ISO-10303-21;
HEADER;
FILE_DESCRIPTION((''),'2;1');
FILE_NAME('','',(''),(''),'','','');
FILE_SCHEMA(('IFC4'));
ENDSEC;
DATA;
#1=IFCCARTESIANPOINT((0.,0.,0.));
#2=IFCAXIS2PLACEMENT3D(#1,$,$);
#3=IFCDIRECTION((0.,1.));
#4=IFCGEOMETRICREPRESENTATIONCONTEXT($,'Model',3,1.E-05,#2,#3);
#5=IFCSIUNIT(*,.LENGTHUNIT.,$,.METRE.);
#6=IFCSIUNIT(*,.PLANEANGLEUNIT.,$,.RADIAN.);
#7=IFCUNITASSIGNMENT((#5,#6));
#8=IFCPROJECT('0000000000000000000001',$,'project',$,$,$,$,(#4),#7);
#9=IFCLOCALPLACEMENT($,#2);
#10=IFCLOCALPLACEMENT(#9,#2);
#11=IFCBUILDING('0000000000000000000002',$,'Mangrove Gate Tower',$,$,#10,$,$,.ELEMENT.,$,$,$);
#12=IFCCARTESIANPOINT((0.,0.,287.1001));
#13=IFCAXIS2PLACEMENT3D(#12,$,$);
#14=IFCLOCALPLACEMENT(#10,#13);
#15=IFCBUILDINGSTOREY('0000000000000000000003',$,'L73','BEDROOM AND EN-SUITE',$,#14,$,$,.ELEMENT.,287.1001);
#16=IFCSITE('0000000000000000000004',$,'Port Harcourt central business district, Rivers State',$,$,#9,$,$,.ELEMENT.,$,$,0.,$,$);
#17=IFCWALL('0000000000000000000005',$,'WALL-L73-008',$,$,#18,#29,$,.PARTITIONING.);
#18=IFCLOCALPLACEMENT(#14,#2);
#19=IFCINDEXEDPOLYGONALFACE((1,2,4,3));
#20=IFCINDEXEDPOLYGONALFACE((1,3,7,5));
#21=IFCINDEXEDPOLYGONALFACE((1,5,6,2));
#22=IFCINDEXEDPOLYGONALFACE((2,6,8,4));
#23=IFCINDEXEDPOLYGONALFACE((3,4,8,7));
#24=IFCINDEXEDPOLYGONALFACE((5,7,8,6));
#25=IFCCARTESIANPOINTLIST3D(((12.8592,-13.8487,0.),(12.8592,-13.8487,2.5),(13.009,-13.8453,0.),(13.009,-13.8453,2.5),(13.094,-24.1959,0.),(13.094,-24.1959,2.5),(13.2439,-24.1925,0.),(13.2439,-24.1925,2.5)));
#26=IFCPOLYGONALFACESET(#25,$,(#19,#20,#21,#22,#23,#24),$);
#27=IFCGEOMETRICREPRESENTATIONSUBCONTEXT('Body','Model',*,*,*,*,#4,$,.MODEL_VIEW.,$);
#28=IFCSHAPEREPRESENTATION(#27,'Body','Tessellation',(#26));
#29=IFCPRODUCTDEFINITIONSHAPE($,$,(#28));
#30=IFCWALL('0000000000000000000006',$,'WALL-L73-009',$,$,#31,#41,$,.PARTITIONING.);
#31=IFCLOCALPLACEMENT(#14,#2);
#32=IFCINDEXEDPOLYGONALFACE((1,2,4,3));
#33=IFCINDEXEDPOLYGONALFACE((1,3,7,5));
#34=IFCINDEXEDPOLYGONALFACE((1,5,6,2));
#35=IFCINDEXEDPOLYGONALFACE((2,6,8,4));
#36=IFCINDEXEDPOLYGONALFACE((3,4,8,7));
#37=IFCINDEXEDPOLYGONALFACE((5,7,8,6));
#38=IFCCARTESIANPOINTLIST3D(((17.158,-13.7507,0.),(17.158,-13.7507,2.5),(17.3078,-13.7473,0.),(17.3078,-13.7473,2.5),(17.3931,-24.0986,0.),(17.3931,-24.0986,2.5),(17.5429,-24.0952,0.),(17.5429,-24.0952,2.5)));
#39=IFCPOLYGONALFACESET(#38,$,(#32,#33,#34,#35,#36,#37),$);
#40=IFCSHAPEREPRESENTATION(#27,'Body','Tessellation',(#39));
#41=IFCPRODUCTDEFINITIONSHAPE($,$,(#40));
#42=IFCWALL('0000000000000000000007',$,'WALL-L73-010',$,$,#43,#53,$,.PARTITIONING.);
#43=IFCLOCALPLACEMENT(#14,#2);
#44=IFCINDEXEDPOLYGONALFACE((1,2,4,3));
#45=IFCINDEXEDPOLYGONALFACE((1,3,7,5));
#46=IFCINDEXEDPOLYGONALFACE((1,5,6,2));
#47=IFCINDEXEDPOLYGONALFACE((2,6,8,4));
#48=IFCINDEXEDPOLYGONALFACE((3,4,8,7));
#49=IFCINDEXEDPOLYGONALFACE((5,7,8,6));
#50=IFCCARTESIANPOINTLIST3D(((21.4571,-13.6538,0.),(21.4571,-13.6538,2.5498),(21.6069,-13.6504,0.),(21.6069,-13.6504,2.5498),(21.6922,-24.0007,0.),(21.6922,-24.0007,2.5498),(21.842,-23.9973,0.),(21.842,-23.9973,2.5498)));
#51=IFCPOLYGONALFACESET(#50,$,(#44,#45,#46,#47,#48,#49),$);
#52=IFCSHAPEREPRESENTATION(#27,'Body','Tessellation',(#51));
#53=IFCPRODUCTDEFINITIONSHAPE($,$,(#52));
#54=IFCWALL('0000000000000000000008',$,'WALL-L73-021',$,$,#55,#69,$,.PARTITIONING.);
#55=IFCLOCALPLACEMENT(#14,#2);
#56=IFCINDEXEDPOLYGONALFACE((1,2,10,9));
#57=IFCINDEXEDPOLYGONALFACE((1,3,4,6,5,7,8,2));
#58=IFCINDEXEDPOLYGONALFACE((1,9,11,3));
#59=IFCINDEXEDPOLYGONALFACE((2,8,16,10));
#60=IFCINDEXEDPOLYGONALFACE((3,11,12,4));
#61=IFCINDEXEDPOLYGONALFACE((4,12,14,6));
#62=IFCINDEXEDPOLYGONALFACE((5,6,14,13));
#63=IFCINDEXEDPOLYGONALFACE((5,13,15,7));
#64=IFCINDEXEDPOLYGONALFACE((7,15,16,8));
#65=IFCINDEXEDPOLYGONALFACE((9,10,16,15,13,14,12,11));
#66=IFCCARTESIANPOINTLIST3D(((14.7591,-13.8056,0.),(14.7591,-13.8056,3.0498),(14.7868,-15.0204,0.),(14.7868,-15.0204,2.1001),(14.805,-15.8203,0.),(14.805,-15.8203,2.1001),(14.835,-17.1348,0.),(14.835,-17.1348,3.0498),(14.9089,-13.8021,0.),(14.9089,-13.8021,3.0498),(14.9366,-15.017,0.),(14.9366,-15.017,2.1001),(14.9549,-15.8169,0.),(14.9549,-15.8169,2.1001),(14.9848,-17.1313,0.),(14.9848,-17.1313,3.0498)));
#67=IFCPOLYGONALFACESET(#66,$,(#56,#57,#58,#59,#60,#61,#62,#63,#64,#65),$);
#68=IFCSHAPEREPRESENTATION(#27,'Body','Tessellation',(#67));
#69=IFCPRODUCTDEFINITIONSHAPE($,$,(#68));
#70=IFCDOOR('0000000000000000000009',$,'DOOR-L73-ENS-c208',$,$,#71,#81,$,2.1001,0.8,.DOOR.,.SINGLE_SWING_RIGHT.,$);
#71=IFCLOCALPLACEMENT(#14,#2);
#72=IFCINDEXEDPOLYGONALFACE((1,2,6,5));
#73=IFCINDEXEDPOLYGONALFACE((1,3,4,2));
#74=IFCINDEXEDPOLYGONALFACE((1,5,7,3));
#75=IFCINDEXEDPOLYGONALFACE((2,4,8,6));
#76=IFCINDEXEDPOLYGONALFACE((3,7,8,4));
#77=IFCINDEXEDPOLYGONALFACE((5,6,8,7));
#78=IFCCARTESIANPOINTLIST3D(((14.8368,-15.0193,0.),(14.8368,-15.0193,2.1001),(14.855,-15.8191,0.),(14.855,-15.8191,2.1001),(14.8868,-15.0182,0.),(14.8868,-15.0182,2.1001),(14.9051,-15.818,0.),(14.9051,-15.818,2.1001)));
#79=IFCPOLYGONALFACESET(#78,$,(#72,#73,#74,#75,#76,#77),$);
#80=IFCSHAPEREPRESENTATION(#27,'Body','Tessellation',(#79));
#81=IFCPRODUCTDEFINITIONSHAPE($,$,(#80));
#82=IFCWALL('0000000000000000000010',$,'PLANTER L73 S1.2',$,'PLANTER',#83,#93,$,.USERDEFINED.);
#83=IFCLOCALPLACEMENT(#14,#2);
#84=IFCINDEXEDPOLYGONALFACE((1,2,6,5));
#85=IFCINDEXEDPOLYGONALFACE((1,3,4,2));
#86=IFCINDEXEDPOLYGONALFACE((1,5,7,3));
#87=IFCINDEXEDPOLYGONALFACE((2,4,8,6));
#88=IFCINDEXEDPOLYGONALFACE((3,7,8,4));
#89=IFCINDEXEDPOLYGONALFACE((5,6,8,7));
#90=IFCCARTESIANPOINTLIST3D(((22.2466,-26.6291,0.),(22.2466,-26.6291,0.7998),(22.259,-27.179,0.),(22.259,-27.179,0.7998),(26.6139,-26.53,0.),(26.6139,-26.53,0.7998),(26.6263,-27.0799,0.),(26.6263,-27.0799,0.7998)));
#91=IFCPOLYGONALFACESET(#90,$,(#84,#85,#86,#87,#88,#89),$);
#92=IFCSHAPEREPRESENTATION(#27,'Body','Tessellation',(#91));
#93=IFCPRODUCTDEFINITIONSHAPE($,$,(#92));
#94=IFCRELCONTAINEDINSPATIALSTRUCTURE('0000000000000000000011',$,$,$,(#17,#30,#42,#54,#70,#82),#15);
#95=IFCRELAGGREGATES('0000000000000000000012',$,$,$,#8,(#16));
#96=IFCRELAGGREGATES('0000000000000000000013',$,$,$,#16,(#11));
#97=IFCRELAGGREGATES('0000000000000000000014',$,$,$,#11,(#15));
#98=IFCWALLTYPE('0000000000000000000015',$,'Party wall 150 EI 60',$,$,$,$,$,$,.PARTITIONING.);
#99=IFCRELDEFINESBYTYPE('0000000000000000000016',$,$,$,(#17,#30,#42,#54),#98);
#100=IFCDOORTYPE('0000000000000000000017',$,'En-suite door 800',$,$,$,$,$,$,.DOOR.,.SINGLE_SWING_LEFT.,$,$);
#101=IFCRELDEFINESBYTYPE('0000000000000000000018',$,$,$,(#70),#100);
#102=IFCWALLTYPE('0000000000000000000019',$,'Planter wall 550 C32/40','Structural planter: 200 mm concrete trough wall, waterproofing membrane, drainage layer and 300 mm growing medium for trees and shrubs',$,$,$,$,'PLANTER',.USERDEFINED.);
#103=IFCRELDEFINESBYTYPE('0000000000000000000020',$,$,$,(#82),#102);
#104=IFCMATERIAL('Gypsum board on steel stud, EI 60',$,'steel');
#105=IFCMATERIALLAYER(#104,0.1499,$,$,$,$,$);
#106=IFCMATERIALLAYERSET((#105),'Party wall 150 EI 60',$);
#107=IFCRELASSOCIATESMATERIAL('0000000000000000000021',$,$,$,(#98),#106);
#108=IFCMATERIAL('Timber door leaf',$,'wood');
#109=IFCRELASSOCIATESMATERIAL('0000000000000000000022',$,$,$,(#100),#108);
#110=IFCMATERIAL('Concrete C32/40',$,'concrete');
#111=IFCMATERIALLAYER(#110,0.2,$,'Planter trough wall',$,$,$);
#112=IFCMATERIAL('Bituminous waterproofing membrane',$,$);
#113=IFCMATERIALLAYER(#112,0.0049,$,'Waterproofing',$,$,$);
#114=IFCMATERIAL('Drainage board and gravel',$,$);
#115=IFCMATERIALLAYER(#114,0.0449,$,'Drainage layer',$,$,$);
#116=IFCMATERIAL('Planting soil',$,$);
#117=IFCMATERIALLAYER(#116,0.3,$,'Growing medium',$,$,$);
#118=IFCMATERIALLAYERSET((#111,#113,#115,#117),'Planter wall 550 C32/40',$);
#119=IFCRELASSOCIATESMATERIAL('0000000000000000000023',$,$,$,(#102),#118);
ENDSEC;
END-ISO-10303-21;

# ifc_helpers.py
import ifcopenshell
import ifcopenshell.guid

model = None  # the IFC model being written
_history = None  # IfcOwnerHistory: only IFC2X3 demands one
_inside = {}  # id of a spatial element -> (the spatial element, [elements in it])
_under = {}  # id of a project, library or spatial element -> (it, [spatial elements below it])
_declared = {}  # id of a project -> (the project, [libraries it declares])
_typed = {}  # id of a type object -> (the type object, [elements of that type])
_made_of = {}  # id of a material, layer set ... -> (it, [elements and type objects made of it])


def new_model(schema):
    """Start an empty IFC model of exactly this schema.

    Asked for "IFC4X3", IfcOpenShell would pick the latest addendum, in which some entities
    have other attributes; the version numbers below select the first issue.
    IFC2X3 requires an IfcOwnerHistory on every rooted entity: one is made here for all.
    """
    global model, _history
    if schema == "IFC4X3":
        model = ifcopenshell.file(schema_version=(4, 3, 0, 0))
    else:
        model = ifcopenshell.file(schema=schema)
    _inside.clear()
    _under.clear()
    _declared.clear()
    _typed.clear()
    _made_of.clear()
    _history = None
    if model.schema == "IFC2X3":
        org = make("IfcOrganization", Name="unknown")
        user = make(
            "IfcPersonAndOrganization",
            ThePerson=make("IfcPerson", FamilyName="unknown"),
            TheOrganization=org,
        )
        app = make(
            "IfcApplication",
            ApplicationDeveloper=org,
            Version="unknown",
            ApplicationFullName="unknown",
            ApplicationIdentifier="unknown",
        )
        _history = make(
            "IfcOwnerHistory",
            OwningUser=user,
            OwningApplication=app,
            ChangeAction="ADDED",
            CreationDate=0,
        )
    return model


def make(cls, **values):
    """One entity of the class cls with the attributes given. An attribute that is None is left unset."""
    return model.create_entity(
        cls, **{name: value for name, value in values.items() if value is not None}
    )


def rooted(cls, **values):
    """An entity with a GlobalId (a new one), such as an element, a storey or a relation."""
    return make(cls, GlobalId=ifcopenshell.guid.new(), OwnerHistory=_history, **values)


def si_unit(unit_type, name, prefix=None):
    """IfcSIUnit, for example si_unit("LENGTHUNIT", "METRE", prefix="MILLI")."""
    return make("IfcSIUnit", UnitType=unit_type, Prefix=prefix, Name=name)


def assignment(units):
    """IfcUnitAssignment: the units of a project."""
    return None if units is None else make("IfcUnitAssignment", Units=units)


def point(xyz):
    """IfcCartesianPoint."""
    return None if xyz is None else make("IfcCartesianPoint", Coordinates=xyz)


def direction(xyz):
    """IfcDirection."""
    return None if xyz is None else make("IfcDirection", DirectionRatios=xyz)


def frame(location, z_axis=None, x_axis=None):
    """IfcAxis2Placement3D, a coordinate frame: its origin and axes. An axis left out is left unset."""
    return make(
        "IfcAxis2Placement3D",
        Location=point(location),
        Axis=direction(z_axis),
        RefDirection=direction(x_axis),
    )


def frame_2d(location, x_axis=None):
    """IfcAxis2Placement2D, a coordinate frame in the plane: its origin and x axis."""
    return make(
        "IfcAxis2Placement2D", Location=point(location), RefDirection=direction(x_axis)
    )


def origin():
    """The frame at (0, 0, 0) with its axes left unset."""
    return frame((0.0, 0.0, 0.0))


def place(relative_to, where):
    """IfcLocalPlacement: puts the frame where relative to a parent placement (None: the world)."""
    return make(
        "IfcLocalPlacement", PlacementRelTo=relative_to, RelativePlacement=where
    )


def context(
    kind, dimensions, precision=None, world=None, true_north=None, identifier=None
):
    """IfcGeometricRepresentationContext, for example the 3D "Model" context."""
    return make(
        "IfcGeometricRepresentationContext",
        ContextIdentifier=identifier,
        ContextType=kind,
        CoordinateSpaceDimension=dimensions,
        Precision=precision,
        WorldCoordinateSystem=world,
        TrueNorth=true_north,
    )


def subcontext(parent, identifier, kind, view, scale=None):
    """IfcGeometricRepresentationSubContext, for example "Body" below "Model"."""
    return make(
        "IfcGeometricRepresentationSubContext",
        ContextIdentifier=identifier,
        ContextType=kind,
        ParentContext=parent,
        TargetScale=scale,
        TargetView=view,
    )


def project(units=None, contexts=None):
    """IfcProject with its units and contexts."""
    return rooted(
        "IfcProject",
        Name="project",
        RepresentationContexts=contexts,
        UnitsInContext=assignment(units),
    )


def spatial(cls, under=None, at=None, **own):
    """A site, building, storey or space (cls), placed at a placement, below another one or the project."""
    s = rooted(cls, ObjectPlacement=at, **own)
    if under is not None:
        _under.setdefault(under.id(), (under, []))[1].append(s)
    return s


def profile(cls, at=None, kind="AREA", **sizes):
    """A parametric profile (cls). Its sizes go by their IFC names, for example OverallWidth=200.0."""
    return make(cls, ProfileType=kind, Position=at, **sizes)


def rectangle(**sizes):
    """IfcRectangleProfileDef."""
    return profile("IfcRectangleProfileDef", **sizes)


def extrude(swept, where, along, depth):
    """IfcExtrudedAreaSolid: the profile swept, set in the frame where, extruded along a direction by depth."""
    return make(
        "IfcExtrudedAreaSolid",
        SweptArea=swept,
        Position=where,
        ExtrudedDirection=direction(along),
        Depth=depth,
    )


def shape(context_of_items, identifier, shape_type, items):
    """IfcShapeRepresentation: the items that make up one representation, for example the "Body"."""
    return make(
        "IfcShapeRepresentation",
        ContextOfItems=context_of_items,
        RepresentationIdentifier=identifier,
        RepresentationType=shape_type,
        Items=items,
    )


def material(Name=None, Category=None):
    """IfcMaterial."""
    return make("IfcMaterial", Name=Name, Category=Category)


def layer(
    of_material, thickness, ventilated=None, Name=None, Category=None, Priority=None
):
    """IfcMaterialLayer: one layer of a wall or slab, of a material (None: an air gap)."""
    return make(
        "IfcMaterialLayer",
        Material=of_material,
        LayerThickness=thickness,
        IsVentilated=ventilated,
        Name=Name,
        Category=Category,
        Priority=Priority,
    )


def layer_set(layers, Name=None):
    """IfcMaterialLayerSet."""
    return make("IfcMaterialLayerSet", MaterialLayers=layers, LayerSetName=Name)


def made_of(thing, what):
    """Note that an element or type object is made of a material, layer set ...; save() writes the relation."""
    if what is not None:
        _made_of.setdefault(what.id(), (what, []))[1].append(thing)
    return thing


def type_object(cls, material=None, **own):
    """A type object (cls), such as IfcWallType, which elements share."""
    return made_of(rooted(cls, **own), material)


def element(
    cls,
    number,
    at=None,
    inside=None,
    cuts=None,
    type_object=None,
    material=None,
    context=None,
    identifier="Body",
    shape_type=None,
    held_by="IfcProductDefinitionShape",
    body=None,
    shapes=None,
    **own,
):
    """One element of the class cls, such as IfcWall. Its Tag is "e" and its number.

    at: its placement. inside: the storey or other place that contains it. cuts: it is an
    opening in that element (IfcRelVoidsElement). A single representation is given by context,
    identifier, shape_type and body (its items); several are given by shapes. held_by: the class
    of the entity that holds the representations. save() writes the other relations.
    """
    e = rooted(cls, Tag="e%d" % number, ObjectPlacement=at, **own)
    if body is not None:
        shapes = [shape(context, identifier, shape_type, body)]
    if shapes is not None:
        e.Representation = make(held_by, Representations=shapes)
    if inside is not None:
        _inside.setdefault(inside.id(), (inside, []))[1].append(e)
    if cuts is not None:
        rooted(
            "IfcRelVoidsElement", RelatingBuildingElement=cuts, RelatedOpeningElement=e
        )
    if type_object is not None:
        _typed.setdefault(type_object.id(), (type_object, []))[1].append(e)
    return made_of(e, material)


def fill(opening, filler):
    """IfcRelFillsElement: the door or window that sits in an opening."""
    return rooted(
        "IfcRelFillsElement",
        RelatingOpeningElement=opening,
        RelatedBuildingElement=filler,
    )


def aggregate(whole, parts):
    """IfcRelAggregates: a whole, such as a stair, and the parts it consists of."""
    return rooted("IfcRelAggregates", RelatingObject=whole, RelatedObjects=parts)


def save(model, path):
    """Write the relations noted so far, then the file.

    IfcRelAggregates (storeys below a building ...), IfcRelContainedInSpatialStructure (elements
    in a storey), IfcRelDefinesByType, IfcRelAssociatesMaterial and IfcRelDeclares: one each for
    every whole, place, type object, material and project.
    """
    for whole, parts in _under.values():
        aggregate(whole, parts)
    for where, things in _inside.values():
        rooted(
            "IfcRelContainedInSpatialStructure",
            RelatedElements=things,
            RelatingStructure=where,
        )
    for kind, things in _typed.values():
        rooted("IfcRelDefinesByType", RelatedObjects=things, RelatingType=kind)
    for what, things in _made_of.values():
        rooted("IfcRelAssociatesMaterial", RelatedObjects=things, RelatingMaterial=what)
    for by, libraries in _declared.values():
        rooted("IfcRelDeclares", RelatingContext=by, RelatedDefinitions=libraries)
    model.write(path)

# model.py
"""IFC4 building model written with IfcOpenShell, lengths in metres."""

from ifc_helpers import new_model, si_unit, direction, frame, frame_2d, origin, place, context, subcontext, project, spatial, rectangle, extrude, material, layer, layer_set, type_object, element, fill, save


model = new_model("IFC4")

# Units and contexts
model_context = context("Model", 3, precision=1e-05, world=origin(), true_north=direction((0.0, 1.0)))
body_context = subcontext(model_context, "Body", "Model", "MODEL_VIEW")
ifc_project = project(units=[si_unit("LENGTHUNIT", "METRE"), si_unit("PLANEANGLEUNIT", "RADIAN")], contexts=[model_context])

# Site, building, storey
site_placement = place(None, origin())
site = spatial("IfcSite", under=ifc_project, at=site_placement, Name="Port Harcourt central business district, Rivers State", CompositionType="ELEMENT", RefElevation=0.0)
building_placement = place(site_placement, origin())
building = spatial("IfcBuilding", under=site, at=building_placement, Name="Mangrove Gate Tower", CompositionType="ELEMENT")
storey_placement = place(building_placement, frame((0.0, 0.0, 287.1001)))
storey = spatial("IfcBuildingStorey", under=building, at=storey_placement, Name="L73", Description="BEDROOM AND EN-SUITE", CompositionType="ELEMENT", Elevation=287.1001)

# Walls
ifc_material_1 = material(Name="Gypsum board on steel stud, EI 60", Category="steel")
ifc_layer_1 = layer(ifc_material_1, 0.1499)
ifc_layer_set_1 = layer_set([ifc_layer_1], Name="Party wall 150 EI 60")
wall_type_1 = type_object("IfcWallType", Name="Party wall 150 EI 60", PredefinedType="PARTITIONING", material=ifc_layer_set_1)
wall_1_placement = place(storey_placement, frame((13.1689, -24.1941, 0.0), z_axis=(0.0, 0.0, 1.0), x_axis=(-0.022692, 0.999742, 0.0)))
element("IfcWall", 1, at=wall_1_placement, inside=storey, type_object=wall_type_1, Name="WALL-L73-008", PredefinedType="PARTITIONING", context=body_context, shape_type="SweptSolid", body=[
    extrude(rectangle(XDim=10.3499, YDim=0.1499, at=frame_2d((5.1748, 0.0))), origin(), (0.0, 0.0, 1.0), 2.5),
])
wall_2_placement = place(storey_placement, frame((17.468, -24.0969, 0.0), z_axis=(0.0, 0.0, 1.0), x_axis=(-0.022714, 0.999742, 0.0)))
element("IfcWall", 2, at=wall_2_placement, inside=storey, type_object=wall_type_1, Name="WALL-L73-009", PredefinedType="PARTITIONING", context=body_context, shape_type="SweptSolid", body=[
    extrude(rectangle(XDim=10.3506, YDim=0.1499, at=frame_2d((5.1753, 0.0))), origin(), (0.0, 0.0, 1.0), 2.5),
])
wall_3_placement = place(storey_placement, frame((21.7671, -23.999, 0.0), z_axis=(0.0, 0.0, 1.0), x_axis=(-0.022717, 0.999742, 0.0)))
element("IfcWall", 3, at=wall_3_placement, inside=storey, type_object=wall_type_1, Name="WALL-L73-010", PredefinedType="PARTITIONING", context=body_context, shape_type="SweptSolid", body=[
    extrude(rectangle(XDim=10.3496, YDim=0.1499, at=frame_2d((5.1748, 0.0))), origin(), (0.0, 0.0, 1.0), 2.5498),
])

# Wall, opening, door
wall_4_placement = place(storey_placement, frame((14.9099, -17.1331, 0.0), z_axis=(0.0, 0.0, 1.0), x_axis=(-0.022801, 0.99974, 0.0)))
wall_4 = element("IfcWall", 4, at=wall_4_placement, inside=storey, type_object=wall_type_1, Name="WALL-L73-021", PredefinedType="PARTITIONING", context=body_context, shape_type="SweptSolid", body=[
    extrude(rectangle(XDim=3.3301, YDim=0.1499, at=frame_2d((1.665, 0.0))), origin(), (0.0, 0.0, 1.0), 3.0498),
])
opening_1_placement = place(wall_4_placement, frame((1.3149, 0.0, 0.0)))
opening_1 = element("IfcOpeningElement", 5, at=opening_1_placement, cuts=wall_4, PredefinedType="OPENING", context=body_context, shape_type="SweptSolid", body=[
    extrude(rectangle(XDim=0.8, YDim=2.1001, at=frame_2d((0.3999, 1.05))), frame((0.0, 0.085, 0.0), z_axis=(0.0, -1.0, 0.0), x_axis=(1.0, 0.0, 0.0)), (0.0, 0.0, 1.0), 0.1699),
])
ifc_material_2 = material(Name="Timber door leaf", Category="wood")
door_type_1 = type_object("IfcDoorType", Name="En-suite door 800", OperationType="SINGLE_SWING_LEFT", PredefinedType="DOOR", material=ifc_material_2)
door_1_placement = place(opening_1_placement, origin())
door_1 = element("IfcDoor", 6, at=door_1_placement, inside=storey, type_object=door_type_1, Name="DOOR-L73-ENS-c208", OperationType="SINGLE_SWING_RIGHT", OverallHeight=2.1001, OverallWidth=0.8, PredefinedType="DOOR", context=body_context, shape_type="SweptSolid", body=[
    extrude(rectangle(XDim=0.8, YDim=2.1001, at=frame_2d((0.3999, 1.05))), frame((0.0, 0.0249, 0.0), z_axis=(0.0, -1.0, 0.0), x_axis=(1.0, 0.0, 0.0)), (0.0, 0.0, 1.0), 0.05),
])
fill(opening_1, door_1)

# Wall
ifc_material_3 = material(Name="Concrete C32/40", Category="concrete")
ifc_layer_2 = layer(ifc_material_3, 0.2, Name="Planter trough wall")
ifc_material_4 = material(Name="Bituminous waterproofing membrane")
ifc_layer_3 = layer(ifc_material_4, 0.0049, Name="Waterproofing")
ifc_material_5 = material(Name="Drainage board and gravel")
ifc_layer_4 = layer(ifc_material_5, 0.0449, Name="Drainage layer")
ifc_material_6 = material(Name="Planting soil")
ifc_layer_5 = layer(ifc_material_6, 0.3, Name="Growing medium")
ifc_layer_set_2 = layer_set([ifc_layer_2, ifc_layer_3, ifc_layer_4, ifc_layer_5], Name="Planter wall 550 C32/40")
wall_type_2 = type_object("IfcWallType", Name="Planter wall 550 C32/40", Description="Structural planter: 200 mm concrete trough wall, waterproofing membrane, drainage layer and 300 mm growing medium for trees and shrubs", ElementType="PLANTER", PredefinedType="USERDEFINED", material=ifc_layer_set_2)
wall_5_placement = place(storey_placement, frame((22.2529, -26.9041, 0.0), z_axis=(0.0, 0.0, 1.0), x_axis=(0.999743, 0.022691, 0.0)))
element("IfcWall", 7, at=wall_5_placement, inside=storey, type_object=wall_type_2, Name="PLANTER L73 S1.2", ObjectType="PLANTER", PredefinedType="USERDEFINED", context=body_context, shape_type="SweptSolid", body=[
    extrude(rectangle(XDim=4.3684, YDim=0.55, at=frame_2d((2.1841, 0.0))), origin(), (0.0, 0.0, 1.0), 0.7998),
])

save(model, "model.ifc")
